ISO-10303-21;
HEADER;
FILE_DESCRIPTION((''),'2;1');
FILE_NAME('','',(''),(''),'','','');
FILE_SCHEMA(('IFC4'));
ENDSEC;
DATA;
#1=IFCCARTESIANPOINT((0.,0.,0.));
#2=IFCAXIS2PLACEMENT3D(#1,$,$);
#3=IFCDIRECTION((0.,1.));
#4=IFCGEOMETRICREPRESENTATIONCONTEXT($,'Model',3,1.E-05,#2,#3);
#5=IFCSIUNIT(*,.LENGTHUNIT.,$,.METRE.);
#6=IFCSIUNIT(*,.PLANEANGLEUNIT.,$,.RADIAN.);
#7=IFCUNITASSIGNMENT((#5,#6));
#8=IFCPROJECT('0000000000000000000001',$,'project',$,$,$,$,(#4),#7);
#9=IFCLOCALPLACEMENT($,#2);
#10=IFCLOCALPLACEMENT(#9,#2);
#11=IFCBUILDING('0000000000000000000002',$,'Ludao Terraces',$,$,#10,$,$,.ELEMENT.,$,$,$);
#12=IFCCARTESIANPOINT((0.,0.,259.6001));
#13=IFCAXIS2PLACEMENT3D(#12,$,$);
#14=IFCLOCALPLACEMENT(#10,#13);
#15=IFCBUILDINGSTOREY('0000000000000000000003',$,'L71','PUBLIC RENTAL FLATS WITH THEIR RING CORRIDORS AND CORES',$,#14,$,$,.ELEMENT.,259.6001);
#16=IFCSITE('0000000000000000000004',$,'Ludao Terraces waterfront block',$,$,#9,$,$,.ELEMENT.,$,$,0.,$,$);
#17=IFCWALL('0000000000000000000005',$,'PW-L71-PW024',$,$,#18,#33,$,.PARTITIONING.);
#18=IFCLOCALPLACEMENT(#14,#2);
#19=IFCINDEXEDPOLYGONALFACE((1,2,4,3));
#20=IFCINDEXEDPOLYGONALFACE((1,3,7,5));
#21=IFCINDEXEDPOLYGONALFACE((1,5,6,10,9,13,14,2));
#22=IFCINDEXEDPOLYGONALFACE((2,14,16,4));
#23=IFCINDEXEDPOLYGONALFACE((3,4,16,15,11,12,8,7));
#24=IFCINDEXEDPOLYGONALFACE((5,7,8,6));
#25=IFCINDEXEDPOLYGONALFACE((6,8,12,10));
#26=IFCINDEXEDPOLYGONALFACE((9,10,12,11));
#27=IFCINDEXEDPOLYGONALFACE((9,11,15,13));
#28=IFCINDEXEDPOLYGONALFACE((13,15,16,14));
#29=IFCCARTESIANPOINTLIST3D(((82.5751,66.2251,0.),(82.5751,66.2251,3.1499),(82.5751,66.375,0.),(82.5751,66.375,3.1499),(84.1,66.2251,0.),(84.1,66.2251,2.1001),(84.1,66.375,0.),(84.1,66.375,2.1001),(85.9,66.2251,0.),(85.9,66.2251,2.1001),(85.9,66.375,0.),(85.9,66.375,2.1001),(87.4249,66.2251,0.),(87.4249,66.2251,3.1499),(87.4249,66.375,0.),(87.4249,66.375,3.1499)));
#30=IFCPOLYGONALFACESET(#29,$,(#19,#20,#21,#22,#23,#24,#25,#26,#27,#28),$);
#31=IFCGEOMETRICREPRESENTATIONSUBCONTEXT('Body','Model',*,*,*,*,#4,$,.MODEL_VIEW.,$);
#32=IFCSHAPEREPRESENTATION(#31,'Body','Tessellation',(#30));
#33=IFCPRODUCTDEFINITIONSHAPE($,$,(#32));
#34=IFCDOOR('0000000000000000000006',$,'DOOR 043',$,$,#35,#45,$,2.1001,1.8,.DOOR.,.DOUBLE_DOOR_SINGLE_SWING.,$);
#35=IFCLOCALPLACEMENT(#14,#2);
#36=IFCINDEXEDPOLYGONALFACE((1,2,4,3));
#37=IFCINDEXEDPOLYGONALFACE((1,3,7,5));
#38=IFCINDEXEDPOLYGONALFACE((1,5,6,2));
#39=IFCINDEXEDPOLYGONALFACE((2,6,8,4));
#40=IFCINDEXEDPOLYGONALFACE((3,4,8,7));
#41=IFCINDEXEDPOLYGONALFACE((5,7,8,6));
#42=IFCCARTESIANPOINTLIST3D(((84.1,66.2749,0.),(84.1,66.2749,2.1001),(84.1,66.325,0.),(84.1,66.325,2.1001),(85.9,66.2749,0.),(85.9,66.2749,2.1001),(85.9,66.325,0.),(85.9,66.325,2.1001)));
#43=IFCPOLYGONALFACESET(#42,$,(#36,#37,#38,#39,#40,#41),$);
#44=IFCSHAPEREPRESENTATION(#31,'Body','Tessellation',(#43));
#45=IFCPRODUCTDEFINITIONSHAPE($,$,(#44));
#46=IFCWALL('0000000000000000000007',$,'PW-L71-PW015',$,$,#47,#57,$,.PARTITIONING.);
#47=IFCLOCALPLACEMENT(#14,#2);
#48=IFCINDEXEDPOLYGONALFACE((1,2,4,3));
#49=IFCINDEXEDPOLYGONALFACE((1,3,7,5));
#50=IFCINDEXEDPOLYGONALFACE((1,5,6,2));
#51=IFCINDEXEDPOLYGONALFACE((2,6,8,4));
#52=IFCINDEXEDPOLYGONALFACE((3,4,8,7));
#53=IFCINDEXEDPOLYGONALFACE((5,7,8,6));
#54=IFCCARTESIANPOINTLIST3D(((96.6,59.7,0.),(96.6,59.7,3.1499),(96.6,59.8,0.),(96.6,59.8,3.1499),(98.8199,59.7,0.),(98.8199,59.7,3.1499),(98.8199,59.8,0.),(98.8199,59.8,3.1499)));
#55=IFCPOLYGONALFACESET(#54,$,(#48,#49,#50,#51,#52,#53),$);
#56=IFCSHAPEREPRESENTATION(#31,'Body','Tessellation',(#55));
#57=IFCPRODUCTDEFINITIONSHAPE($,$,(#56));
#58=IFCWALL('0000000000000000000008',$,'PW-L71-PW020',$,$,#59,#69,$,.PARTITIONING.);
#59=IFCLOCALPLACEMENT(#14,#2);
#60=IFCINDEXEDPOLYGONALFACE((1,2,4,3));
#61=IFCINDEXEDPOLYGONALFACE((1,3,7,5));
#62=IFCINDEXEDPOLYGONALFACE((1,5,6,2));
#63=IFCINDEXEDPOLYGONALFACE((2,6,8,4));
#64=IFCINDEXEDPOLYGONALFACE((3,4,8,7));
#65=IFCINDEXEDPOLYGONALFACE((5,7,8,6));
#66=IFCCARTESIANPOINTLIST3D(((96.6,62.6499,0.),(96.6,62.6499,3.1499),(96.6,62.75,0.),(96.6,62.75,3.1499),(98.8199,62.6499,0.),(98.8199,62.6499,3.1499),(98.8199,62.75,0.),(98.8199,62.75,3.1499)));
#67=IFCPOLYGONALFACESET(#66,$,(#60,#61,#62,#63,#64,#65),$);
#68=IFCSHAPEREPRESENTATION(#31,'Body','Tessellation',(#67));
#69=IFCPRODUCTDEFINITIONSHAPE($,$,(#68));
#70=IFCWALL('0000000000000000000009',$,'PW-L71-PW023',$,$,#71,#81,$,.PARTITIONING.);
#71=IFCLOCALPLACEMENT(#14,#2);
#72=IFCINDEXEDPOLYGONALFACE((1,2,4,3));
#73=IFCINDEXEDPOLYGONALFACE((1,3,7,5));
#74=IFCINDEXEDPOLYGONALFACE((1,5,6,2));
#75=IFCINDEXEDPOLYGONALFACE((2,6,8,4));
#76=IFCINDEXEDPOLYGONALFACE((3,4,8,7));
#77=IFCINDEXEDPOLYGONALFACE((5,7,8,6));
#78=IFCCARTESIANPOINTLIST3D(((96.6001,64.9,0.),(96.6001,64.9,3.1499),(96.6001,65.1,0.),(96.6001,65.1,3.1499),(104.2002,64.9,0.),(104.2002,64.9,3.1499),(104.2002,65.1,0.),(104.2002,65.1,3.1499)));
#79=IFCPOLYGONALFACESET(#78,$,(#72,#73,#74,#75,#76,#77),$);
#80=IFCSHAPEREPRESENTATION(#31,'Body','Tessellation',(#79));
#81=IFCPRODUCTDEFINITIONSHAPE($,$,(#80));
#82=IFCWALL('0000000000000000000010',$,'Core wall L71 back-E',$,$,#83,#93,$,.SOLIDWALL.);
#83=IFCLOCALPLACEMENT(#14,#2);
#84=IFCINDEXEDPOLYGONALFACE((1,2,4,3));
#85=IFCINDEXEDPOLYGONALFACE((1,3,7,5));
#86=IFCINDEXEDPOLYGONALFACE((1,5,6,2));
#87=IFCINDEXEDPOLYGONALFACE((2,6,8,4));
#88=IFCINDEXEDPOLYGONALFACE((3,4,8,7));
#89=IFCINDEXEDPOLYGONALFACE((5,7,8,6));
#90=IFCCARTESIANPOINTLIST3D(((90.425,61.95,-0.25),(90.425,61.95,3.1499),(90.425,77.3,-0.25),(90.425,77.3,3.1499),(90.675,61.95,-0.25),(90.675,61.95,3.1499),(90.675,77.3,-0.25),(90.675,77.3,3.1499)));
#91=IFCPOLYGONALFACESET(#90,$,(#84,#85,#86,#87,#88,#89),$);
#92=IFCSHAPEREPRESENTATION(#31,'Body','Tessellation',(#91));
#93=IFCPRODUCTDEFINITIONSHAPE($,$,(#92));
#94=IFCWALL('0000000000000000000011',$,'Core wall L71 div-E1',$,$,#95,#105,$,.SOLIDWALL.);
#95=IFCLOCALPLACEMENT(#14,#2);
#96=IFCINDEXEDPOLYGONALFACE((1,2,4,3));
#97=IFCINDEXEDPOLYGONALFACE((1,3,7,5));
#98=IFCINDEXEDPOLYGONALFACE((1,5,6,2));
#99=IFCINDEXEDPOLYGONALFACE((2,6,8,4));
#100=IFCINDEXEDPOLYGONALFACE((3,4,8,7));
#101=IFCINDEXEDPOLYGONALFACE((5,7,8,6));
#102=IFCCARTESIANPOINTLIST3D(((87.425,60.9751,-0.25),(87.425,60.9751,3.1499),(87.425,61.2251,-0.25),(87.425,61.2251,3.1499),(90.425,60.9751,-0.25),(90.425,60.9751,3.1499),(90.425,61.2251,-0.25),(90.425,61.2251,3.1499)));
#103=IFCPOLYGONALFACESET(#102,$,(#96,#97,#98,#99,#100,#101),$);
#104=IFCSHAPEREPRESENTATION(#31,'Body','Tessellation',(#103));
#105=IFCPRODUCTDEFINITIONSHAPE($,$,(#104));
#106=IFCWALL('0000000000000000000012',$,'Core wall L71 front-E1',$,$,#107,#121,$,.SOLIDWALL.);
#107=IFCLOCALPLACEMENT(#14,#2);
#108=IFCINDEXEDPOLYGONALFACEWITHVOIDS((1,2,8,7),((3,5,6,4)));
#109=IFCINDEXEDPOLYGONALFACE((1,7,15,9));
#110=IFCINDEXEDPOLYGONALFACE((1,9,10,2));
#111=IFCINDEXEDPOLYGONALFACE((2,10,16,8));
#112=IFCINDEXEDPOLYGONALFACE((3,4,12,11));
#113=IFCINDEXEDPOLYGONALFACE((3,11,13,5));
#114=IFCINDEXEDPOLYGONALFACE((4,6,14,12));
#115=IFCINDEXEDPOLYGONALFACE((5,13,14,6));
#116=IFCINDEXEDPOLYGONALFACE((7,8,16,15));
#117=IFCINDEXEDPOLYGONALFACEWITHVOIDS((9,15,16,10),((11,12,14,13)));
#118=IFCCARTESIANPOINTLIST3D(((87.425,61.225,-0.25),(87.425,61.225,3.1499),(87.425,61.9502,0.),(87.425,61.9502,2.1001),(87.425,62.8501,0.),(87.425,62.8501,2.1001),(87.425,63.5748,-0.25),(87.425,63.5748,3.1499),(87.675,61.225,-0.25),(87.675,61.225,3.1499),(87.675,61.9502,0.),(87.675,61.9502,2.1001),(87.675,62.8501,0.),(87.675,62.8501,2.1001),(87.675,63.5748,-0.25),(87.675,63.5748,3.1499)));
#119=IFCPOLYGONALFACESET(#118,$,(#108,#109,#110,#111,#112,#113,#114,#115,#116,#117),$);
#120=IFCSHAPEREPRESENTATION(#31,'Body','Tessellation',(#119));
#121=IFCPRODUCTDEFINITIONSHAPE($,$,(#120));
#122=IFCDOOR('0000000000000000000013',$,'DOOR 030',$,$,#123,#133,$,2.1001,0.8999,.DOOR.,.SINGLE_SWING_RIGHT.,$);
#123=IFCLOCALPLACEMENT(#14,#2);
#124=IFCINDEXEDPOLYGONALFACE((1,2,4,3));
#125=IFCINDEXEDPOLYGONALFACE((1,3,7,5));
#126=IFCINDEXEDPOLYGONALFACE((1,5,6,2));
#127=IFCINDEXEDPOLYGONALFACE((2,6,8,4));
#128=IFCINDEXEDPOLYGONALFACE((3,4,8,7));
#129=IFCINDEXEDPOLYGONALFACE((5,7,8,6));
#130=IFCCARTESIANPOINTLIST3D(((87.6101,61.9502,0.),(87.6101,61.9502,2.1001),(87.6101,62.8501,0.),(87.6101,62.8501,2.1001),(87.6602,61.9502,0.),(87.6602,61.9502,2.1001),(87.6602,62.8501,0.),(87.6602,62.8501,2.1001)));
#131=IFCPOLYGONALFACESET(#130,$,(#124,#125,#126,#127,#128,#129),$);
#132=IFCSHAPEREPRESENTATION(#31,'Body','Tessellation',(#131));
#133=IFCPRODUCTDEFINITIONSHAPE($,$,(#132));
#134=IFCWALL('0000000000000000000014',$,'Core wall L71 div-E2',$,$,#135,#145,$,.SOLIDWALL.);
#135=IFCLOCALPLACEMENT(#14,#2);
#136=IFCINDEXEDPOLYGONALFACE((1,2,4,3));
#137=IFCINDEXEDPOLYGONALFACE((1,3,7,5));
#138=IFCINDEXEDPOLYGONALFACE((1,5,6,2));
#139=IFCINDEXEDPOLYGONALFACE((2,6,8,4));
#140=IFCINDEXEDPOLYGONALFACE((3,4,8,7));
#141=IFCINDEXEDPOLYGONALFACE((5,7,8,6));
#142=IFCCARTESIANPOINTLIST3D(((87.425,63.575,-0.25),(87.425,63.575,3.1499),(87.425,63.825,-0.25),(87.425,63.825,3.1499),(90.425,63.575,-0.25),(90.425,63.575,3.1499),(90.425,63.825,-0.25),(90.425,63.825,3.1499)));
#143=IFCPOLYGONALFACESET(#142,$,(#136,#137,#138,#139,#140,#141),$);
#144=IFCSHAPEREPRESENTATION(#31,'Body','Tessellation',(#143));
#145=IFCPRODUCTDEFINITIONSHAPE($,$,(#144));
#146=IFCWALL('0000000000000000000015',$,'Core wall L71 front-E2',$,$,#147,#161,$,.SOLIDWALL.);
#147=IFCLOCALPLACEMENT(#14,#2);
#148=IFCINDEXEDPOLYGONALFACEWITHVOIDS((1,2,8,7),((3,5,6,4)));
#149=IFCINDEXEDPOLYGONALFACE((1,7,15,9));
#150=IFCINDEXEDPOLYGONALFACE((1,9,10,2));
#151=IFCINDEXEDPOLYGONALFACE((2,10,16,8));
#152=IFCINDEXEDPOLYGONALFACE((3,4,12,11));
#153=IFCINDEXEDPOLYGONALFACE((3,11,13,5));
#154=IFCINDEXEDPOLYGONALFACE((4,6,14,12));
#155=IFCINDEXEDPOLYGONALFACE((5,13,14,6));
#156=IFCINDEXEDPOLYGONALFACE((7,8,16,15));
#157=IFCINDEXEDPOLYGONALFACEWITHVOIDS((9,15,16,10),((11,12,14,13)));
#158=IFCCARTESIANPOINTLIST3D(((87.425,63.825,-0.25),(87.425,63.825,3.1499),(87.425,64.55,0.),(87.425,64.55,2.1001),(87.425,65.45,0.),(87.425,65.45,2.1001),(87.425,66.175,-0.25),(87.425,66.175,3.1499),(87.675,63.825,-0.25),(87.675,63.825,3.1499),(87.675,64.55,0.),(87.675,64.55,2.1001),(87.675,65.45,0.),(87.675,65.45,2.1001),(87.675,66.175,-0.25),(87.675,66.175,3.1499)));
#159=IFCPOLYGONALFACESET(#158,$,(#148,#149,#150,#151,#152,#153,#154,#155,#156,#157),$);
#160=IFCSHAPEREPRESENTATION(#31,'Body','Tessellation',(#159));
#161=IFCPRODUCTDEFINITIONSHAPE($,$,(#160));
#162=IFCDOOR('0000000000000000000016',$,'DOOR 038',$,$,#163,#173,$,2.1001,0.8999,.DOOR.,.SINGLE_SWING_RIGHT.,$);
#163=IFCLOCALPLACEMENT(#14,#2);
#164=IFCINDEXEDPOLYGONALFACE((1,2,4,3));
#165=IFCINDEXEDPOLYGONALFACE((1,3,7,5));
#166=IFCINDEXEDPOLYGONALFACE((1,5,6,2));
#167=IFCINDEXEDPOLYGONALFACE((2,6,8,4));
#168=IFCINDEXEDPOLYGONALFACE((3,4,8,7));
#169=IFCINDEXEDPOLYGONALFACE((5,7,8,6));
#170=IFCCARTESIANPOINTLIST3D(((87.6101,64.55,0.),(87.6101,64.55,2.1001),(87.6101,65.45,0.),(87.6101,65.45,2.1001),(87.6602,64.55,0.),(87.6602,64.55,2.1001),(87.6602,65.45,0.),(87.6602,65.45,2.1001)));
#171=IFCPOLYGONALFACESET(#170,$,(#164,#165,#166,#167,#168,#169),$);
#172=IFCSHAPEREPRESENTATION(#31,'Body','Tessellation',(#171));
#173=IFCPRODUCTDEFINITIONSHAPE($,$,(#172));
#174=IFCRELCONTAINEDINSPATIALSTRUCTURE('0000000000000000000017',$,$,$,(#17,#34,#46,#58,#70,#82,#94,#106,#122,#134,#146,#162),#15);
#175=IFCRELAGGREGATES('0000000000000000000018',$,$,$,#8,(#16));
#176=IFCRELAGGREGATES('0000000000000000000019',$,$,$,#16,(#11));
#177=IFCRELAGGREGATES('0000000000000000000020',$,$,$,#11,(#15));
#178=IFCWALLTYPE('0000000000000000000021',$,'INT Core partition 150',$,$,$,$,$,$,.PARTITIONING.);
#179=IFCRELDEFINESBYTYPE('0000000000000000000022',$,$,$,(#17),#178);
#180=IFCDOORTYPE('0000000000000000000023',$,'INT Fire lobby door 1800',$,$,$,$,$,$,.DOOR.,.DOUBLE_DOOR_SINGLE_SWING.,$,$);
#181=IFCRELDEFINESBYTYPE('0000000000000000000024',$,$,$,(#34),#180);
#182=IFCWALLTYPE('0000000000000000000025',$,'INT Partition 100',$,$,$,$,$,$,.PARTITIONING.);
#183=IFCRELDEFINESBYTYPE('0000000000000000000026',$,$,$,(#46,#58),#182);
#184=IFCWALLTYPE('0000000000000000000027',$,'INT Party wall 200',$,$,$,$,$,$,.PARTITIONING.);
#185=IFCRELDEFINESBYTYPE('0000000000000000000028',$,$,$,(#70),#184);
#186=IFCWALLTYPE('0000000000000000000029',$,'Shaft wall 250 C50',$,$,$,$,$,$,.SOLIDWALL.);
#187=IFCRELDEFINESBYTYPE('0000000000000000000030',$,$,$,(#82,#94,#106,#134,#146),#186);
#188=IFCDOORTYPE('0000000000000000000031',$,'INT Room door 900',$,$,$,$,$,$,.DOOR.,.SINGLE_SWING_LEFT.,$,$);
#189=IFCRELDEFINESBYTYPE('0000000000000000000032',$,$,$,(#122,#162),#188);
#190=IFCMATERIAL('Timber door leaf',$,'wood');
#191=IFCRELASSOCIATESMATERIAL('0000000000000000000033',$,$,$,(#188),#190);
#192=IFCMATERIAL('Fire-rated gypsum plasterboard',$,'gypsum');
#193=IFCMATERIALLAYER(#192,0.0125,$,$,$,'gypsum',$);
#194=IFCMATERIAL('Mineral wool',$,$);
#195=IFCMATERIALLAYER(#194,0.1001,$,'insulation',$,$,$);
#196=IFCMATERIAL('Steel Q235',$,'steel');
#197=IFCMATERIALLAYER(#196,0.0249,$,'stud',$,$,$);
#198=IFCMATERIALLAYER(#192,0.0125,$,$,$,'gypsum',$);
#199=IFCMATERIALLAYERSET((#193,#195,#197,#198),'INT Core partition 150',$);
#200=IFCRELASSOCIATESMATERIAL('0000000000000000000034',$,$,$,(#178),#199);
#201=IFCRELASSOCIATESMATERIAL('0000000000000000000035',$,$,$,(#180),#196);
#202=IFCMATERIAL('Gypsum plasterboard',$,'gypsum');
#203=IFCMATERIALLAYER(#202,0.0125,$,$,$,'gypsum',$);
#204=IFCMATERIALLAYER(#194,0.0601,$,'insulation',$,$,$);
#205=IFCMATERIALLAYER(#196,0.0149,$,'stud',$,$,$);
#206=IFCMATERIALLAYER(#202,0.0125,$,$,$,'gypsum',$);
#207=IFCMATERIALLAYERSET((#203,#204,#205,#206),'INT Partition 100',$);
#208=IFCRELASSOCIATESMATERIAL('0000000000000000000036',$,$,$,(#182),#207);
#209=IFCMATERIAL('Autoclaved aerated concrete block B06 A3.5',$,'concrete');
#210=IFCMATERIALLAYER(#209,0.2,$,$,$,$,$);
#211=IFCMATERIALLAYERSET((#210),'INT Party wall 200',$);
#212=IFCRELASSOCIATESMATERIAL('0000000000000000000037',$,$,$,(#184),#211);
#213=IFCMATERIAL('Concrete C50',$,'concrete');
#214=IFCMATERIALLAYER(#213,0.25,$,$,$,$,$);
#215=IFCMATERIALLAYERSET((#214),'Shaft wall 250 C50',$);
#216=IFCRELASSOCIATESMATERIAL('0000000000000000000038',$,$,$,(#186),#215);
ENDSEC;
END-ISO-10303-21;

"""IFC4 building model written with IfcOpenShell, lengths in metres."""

from ifc_helpers import new_model, si_unit, direction, frame, frame_2d, origin, place, context, subcontext, project, spatial, rectangle, extrude, material, layer, layer_set, type_object, element, fill, save


model = new_model("IFC4")

# Units and contexts
model_context = context("Model", 3, precision=1e-05, world=origin(), true_north=direction((0.0, 1.0)))
body_context = subcontext(model_context, "Body", "Model", "MODEL_VIEW")
ifc_project = project(units=[si_unit("LENGTHUNIT", "METRE"), si_unit("PLANEANGLEUNIT", "RADIAN")], contexts=[model_context])

# Site, building, storey
site_placement = place(None, origin())
site = spatial("IfcSite", under=ifc_project, at=site_placement, Name="Ludao Terraces waterfront block", CompositionType="ELEMENT", RefElevation=0.0)
building_placement = place(site_placement, origin())
building = spatial("IfcBuilding", under=site, at=building_placement, Name="Ludao Terraces", CompositionType="ELEMENT")
storey_placement = place(building_placement, frame((0.0, 0.0, 259.6001)))
storey = spatial("IfcBuildingStorey", under=building, at=storey_placement, Name="L71", Description="PUBLIC RENTAL FLATS WITH THEIR RING CORRIDORS AND CORES", CompositionType="ELEMENT", Elevation=259.6001)

# Shared definitions
ifc_material_1 = material(Name="Concrete C50", Category="concrete")
ifc_material_2 = material(Name="Steel Q235", Category="steel")
ifc_material_3 = material(Name="Timber door leaf", Category="wood")
door_type_1 = type_object("IfcDoorType", Name="INT Room door 900", OperationType="SINGLE_SWING_LEFT", PredefinedType="DOOR", material=ifc_material_3)

# Wall, opening, door
ifc_material_4 = material(Name="Fire-rated gypsum plasterboard", Category="gypsum")
ifc_layer_1 = layer(ifc_material_4, 0.0125, Category="gypsum")
ifc_material_5 = material(Name="Mineral wool")
ifc_layer_2 = layer(ifc_material_5, 0.1001, Name="insulation")
ifc_layer_3 = layer(ifc_material_2, 0.0249, Name="stud")
ifc_layer_4 = layer(ifc_material_4, 0.0125, Category="gypsum")
ifc_layer_set_1 = layer_set([ifc_layer_1, ifc_layer_2, ifc_layer_3, ifc_layer_4], Name="INT Core partition 150")
wall_type_1 = type_object("IfcWallType", Name="INT Core partition 150", PredefinedType="PARTITIONING", material=ifc_layer_set_1)
door_type_2 = type_object("IfcDoorType", Name="INT Fire lobby door 1800", OperationType="DOUBLE_DOOR_SINGLE_SWING", PredefinedType="DOOR", material=ifc_material_2)
wall_1_placement = place(storey_placement, frame((82.5752, 66.3, 0.0), z_axis=(0.0, 0.0, 1.0), x_axis=(1.0, 0.0, 0.0)))
wall_1 = element("IfcWall", 1, at=wall_1_placement, inside=storey, type_object=wall_type_1, Name="PW-L71-PW024", PredefinedType="PARTITIONING", context=body_context, shape_type="SweptSolid", body=[
    extrude(rectangle(XDim=4.8499, YDim=0.1499, at=frame_2d((2.4248, 0.0))), origin(), (0.0, 0.0, 1.0), 3.1499),
])
opening_1_placement = place(wall_1_placement, frame((1.5249, 0.0, 0.0)))
opening_1 = element("IfcOpeningElement", 2, at=opening_1_placement, cuts=wall_1, PredefinedType="OPENING", context=body_context, shape_type="SweptSolid", body=[
    extrude(rectangle(XDim=1.8, YDim=2.1001, at=frame_2d((0.8999, 1.05))), frame((0.0, 0.085, 0.0), z_axis=(0.0, -1.0, 0.0), x_axis=(1.0, 0.0, 0.0)), (0.0, 0.0, 1.0), 0.1699),
])
door_1_placement = place(opening_1_placement, origin())
door_1 = element("IfcDoor", 3, at=door_1_placement, inside=storey, type_object=door_type_2, Name="DOOR 043", OperationType="DOUBLE_DOOR_SINGLE_SWING", OverallHeight=2.1001, OverallWidth=1.8, PredefinedType="DOOR", context=body_context, shape_type="SweptSolid", body=[
    extrude(rectangle(XDim=1.8, YDim=2.1001, at=frame_2d((0.8999, 1.05))), frame((0.0, 0.0249, 0.0), z_axis=(0.0, -1.0, 0.0), x_axis=(1.0, 0.0, 0.0)), (0.0, 0.0, 1.0), 0.05),
])
fill(opening_1, door_1)

# Walls
ifc_material_6 = material(Name="Gypsum plasterboard", Category="gypsum")
ifc_layer_5 = layer(ifc_material_6, 0.0125, Category="gypsum")
ifc_layer_6 = layer(ifc_material_5, 0.0601, Name="insulation")
ifc_layer_7 = layer(ifc_material_2, 0.0149, Name="stud")
ifc_layer_8 = layer(ifc_material_6, 0.0125, Category="gypsum")
ifc_layer_set_2 = layer_set([ifc_layer_5, ifc_layer_6, ifc_layer_7, ifc_layer_8], Name="INT Partition 100")
wall_type_2 = type_object("IfcWallType", Name="INT Partition 100", PredefinedType="PARTITIONING", material=ifc_layer_set_2)
for number, where, z_axis, x_axis, name in (
    (4, (96.6001, 59.75, 0.0), (0.0, 0.0, 1.0), (1.0, 0.0, 0.0), "PW-L71-PW015"),
    (5, (96.6001, 62.7, 0.0), (0.0, 0.0, 1.0), (1.0, 0.0, 0.0), "PW-L71-PW020"),
):
    element("IfcWall", number, at=place(storey_placement, frame(where, z_axis=z_axis, x_axis=x_axis)), inside=storey, type_object=wall_type_2, Name=name, PredefinedType="PARTITIONING", context=body_context, shape_type="SweptSolid", body=[
        extrude(rectangle(XDim=2.22, YDim=0.1001, at=frame_2d((1.1099, 0.0))), origin(), (0.0, 0.0, 1.0), 3.1499),
    ])
ifc_material_7 = material(Name="Autoclaved aerated concrete block B06 A3.5", Category="concrete")
ifc_layer_9 = layer(ifc_material_7, 0.2)
ifc_layer_set_3 = layer_set([ifc_layer_9], Name="INT Party wall 200")
wall_type_3 = type_object("IfcWallType", Name="INT Party wall 200", PredefinedType="PARTITIONING", material=ifc_layer_set_3)
wall_2_placement = place(storey_placement, frame((96.6001, 65.0, 0.0), z_axis=(0.0, 0.0, 1.0), x_axis=(1.0, 0.0, 0.0)))
element("IfcWall", 6, at=wall_2_placement, inside=storey, type_object=wall_type_3, Name="PW-L71-PW023", PredefinedType="PARTITIONING", context=body_context, shape_type="SweptSolid", body=[
    extrude(rectangle(XDim=7.6001, YDim=0.2, at=frame_2d((3.8, 0.0))), origin(), (0.0, 0.0, 1.0), 3.1499),
])
ifc_layer_10 = layer(ifc_material_1, 0.25)
ifc_layer_set_4 = layer_set([ifc_layer_10], Name="Shaft wall 250 C50")
wall_type_4 = type_object("IfcWallType", Name="Shaft wall 250 C50", PredefinedType="SOLIDWALL", material=ifc_layer_set_4)
wall_3_placement = place(storey_placement, frame((90.55, 61.95, -0.25), z_axis=(0.0, 0.0, 1.0), x_axis=(0.0, 1.0, 0.0)))
element("IfcWall", 7, at=wall_3_placement, inside=storey, type_object=wall_type_4, Name="Core wall L71 back-E", PredefinedType="SOLIDWALL", context=body_context, shape_type="SweptSolid", body=[
    extrude(rectangle(XDim=15.3501, YDim=0.25, at=frame_2d((7.675, 0.0))), origin(), (0.0, 0.0, 1.0), 3.3999),
])
wall_4_placement = place(storey_placement, frame((87.425, 61.1001, -0.25), z_axis=(0.0, 0.0, 1.0), x_axis=(1.0, 0.0, 0.0)))
element("IfcWall", 8, at=wall_4_placement, inside=storey, type_object=wall_type_4, Name="Core wall L71 div-E1", PredefinedType="SOLIDWALL", context=body_context, shape_type="SweptSolid", body=[
    extrude(rectangle(XDim=3.0, YDim=0.25, at=frame_2d((1.5, 0.0))), origin(), (0.0, 0.0, 1.0), 3.3999),
])

# Wall, opening, door
wall_5_placement = place(storey_placement, frame((87.55, 61.2251, -0.25), z_axis=(0.0, 0.0, 1.0), x_axis=(0.0, 1.0, 0.0)))
wall_5 = element("IfcWall", 9, at=wall_5_placement, inside=storey, type_object=wall_type_4, Name="Core wall L71 front-E1", PredefinedType="SOLIDWALL", context=body_context, shape_type="SweptSolid", body=[
    extrude(rectangle(XDim=2.3499, YDim=0.25, at=frame_2d((1.1748, 0.0))), origin(), (0.0, 0.0, 1.0), 3.3999),
])
opening_2_placement = place(wall_5_placement, frame((0.7251, 0.0, 0.25)))
opening_2 = element("IfcOpeningElement", 10, at=opening_2_placement, cuts=wall_5, PredefinedType="OPENING", context=body_context, shape_type="SweptSolid", body=[
    extrude(rectangle(XDim=0.8999, YDim=2.1001, at=frame_2d((0.45, 1.05))), frame((0.0, 0.135, 0.0), z_axis=(0.0, -1.0, 0.0), x_axis=(1.0, 0.0, 0.0)), (0.0, 0.0, 1.0), 0.27),
])
door_2_placement = place(opening_2_placement, origin())
door_2 = element("IfcDoor", 11, at=door_2_placement, inside=storey, type_object=door_type_1, Name="DOOR 030", OperationType="SINGLE_SWING_RIGHT", OverallHeight=2.1001, OverallWidth=0.8999, PredefinedType="DOOR", context=body_context, shape_type="SweptSolid", body=[
    extrude(rectangle(XDim=0.8999, YDim=2.1001, at=frame_2d((0.45, 1.05))), frame((0.0, -0.0601, 0.0), z_axis=(0.0, -1.0, 0.0), x_axis=(1.0, 0.0, 0.0)), (0.0, 0.0, 1.0), 0.05),
])
fill(opening_2, door_2)

# Wall
wall_6_placement = place(storey_placement, frame((87.425, 63.7, -0.25), z_axis=(0.0, 0.0, 1.0), x_axis=(1.0, 0.0, 0.0)))
element("IfcWall", 12, at=wall_6_placement, inside=storey, type_object=wall_type_4, Name="Core wall L71 div-E2", PredefinedType="SOLIDWALL", context=body_context, shape_type="SweptSolid", body=[
    extrude(rectangle(XDim=3.0, YDim=0.25, at=frame_2d((1.5, 0.0))), origin(), (0.0, 0.0, 1.0), 3.3999),
])

# Wall, opening, door
wall_7_placement = place(storey_placement, frame((87.55, 63.825, -0.25), z_axis=(0.0, 0.0, 1.0), x_axis=(0.0, 1.0, 0.0)))
wall_7 = element("IfcWall", 13, at=wall_7_placement, inside=storey, type_object=wall_type_4, Name="Core wall L71 front-E2", PredefinedType="SOLIDWALL", context=body_context, shape_type="SweptSolid", body=[
    extrude(rectangle(XDim=2.3501, YDim=0.25, at=frame_2d((1.175, 0.0))), origin(), (0.0, 0.0, 1.0), 3.3999),
])
opening_3_placement = place(wall_7_placement, frame((0.7251, 0.0, 0.25)))
opening_3 = element("IfcOpeningElement", 14, at=opening_3_placement, cuts=wall_7, PredefinedType="OPENING", context=body_context, shape_type="SweptSolid", body=[
    extrude(rectangle(XDim=0.8999, YDim=2.1001, at=frame_2d((0.45, 1.05))), frame((0.0, 0.135, 0.0), z_axis=(0.0, -1.0, 0.0), x_axis=(1.0, 0.0, 0.0)), (0.0, 0.0, 1.0), 0.27),
])
door_3_placement = place(opening_3_placement, origin())
door_3 = element("IfcDoor", 15, at=door_3_placement, inside=storey, type_object=door_type_1, Name="DOOR 038", OperationType="SINGLE_SWING_RIGHT", OverallHeight=2.1001, OverallWidth=0.8999, PredefinedType="DOOR", context=body_context, shape_type="SweptSolid", body=[
    extrude(rectangle(XDim=0.8999, YDim=2.1001, at=frame_2d((0.45, 1.05))), frame((0.0, -0.0601, 0.0), z_axis=(0.0, -1.0, 0.0), x_axis=(1.0, 0.0, 0.0)), (0.0, 0.0, 1.0), 0.05),
])
fill(opening_3, door_3)

save(model, "model.ifc")
